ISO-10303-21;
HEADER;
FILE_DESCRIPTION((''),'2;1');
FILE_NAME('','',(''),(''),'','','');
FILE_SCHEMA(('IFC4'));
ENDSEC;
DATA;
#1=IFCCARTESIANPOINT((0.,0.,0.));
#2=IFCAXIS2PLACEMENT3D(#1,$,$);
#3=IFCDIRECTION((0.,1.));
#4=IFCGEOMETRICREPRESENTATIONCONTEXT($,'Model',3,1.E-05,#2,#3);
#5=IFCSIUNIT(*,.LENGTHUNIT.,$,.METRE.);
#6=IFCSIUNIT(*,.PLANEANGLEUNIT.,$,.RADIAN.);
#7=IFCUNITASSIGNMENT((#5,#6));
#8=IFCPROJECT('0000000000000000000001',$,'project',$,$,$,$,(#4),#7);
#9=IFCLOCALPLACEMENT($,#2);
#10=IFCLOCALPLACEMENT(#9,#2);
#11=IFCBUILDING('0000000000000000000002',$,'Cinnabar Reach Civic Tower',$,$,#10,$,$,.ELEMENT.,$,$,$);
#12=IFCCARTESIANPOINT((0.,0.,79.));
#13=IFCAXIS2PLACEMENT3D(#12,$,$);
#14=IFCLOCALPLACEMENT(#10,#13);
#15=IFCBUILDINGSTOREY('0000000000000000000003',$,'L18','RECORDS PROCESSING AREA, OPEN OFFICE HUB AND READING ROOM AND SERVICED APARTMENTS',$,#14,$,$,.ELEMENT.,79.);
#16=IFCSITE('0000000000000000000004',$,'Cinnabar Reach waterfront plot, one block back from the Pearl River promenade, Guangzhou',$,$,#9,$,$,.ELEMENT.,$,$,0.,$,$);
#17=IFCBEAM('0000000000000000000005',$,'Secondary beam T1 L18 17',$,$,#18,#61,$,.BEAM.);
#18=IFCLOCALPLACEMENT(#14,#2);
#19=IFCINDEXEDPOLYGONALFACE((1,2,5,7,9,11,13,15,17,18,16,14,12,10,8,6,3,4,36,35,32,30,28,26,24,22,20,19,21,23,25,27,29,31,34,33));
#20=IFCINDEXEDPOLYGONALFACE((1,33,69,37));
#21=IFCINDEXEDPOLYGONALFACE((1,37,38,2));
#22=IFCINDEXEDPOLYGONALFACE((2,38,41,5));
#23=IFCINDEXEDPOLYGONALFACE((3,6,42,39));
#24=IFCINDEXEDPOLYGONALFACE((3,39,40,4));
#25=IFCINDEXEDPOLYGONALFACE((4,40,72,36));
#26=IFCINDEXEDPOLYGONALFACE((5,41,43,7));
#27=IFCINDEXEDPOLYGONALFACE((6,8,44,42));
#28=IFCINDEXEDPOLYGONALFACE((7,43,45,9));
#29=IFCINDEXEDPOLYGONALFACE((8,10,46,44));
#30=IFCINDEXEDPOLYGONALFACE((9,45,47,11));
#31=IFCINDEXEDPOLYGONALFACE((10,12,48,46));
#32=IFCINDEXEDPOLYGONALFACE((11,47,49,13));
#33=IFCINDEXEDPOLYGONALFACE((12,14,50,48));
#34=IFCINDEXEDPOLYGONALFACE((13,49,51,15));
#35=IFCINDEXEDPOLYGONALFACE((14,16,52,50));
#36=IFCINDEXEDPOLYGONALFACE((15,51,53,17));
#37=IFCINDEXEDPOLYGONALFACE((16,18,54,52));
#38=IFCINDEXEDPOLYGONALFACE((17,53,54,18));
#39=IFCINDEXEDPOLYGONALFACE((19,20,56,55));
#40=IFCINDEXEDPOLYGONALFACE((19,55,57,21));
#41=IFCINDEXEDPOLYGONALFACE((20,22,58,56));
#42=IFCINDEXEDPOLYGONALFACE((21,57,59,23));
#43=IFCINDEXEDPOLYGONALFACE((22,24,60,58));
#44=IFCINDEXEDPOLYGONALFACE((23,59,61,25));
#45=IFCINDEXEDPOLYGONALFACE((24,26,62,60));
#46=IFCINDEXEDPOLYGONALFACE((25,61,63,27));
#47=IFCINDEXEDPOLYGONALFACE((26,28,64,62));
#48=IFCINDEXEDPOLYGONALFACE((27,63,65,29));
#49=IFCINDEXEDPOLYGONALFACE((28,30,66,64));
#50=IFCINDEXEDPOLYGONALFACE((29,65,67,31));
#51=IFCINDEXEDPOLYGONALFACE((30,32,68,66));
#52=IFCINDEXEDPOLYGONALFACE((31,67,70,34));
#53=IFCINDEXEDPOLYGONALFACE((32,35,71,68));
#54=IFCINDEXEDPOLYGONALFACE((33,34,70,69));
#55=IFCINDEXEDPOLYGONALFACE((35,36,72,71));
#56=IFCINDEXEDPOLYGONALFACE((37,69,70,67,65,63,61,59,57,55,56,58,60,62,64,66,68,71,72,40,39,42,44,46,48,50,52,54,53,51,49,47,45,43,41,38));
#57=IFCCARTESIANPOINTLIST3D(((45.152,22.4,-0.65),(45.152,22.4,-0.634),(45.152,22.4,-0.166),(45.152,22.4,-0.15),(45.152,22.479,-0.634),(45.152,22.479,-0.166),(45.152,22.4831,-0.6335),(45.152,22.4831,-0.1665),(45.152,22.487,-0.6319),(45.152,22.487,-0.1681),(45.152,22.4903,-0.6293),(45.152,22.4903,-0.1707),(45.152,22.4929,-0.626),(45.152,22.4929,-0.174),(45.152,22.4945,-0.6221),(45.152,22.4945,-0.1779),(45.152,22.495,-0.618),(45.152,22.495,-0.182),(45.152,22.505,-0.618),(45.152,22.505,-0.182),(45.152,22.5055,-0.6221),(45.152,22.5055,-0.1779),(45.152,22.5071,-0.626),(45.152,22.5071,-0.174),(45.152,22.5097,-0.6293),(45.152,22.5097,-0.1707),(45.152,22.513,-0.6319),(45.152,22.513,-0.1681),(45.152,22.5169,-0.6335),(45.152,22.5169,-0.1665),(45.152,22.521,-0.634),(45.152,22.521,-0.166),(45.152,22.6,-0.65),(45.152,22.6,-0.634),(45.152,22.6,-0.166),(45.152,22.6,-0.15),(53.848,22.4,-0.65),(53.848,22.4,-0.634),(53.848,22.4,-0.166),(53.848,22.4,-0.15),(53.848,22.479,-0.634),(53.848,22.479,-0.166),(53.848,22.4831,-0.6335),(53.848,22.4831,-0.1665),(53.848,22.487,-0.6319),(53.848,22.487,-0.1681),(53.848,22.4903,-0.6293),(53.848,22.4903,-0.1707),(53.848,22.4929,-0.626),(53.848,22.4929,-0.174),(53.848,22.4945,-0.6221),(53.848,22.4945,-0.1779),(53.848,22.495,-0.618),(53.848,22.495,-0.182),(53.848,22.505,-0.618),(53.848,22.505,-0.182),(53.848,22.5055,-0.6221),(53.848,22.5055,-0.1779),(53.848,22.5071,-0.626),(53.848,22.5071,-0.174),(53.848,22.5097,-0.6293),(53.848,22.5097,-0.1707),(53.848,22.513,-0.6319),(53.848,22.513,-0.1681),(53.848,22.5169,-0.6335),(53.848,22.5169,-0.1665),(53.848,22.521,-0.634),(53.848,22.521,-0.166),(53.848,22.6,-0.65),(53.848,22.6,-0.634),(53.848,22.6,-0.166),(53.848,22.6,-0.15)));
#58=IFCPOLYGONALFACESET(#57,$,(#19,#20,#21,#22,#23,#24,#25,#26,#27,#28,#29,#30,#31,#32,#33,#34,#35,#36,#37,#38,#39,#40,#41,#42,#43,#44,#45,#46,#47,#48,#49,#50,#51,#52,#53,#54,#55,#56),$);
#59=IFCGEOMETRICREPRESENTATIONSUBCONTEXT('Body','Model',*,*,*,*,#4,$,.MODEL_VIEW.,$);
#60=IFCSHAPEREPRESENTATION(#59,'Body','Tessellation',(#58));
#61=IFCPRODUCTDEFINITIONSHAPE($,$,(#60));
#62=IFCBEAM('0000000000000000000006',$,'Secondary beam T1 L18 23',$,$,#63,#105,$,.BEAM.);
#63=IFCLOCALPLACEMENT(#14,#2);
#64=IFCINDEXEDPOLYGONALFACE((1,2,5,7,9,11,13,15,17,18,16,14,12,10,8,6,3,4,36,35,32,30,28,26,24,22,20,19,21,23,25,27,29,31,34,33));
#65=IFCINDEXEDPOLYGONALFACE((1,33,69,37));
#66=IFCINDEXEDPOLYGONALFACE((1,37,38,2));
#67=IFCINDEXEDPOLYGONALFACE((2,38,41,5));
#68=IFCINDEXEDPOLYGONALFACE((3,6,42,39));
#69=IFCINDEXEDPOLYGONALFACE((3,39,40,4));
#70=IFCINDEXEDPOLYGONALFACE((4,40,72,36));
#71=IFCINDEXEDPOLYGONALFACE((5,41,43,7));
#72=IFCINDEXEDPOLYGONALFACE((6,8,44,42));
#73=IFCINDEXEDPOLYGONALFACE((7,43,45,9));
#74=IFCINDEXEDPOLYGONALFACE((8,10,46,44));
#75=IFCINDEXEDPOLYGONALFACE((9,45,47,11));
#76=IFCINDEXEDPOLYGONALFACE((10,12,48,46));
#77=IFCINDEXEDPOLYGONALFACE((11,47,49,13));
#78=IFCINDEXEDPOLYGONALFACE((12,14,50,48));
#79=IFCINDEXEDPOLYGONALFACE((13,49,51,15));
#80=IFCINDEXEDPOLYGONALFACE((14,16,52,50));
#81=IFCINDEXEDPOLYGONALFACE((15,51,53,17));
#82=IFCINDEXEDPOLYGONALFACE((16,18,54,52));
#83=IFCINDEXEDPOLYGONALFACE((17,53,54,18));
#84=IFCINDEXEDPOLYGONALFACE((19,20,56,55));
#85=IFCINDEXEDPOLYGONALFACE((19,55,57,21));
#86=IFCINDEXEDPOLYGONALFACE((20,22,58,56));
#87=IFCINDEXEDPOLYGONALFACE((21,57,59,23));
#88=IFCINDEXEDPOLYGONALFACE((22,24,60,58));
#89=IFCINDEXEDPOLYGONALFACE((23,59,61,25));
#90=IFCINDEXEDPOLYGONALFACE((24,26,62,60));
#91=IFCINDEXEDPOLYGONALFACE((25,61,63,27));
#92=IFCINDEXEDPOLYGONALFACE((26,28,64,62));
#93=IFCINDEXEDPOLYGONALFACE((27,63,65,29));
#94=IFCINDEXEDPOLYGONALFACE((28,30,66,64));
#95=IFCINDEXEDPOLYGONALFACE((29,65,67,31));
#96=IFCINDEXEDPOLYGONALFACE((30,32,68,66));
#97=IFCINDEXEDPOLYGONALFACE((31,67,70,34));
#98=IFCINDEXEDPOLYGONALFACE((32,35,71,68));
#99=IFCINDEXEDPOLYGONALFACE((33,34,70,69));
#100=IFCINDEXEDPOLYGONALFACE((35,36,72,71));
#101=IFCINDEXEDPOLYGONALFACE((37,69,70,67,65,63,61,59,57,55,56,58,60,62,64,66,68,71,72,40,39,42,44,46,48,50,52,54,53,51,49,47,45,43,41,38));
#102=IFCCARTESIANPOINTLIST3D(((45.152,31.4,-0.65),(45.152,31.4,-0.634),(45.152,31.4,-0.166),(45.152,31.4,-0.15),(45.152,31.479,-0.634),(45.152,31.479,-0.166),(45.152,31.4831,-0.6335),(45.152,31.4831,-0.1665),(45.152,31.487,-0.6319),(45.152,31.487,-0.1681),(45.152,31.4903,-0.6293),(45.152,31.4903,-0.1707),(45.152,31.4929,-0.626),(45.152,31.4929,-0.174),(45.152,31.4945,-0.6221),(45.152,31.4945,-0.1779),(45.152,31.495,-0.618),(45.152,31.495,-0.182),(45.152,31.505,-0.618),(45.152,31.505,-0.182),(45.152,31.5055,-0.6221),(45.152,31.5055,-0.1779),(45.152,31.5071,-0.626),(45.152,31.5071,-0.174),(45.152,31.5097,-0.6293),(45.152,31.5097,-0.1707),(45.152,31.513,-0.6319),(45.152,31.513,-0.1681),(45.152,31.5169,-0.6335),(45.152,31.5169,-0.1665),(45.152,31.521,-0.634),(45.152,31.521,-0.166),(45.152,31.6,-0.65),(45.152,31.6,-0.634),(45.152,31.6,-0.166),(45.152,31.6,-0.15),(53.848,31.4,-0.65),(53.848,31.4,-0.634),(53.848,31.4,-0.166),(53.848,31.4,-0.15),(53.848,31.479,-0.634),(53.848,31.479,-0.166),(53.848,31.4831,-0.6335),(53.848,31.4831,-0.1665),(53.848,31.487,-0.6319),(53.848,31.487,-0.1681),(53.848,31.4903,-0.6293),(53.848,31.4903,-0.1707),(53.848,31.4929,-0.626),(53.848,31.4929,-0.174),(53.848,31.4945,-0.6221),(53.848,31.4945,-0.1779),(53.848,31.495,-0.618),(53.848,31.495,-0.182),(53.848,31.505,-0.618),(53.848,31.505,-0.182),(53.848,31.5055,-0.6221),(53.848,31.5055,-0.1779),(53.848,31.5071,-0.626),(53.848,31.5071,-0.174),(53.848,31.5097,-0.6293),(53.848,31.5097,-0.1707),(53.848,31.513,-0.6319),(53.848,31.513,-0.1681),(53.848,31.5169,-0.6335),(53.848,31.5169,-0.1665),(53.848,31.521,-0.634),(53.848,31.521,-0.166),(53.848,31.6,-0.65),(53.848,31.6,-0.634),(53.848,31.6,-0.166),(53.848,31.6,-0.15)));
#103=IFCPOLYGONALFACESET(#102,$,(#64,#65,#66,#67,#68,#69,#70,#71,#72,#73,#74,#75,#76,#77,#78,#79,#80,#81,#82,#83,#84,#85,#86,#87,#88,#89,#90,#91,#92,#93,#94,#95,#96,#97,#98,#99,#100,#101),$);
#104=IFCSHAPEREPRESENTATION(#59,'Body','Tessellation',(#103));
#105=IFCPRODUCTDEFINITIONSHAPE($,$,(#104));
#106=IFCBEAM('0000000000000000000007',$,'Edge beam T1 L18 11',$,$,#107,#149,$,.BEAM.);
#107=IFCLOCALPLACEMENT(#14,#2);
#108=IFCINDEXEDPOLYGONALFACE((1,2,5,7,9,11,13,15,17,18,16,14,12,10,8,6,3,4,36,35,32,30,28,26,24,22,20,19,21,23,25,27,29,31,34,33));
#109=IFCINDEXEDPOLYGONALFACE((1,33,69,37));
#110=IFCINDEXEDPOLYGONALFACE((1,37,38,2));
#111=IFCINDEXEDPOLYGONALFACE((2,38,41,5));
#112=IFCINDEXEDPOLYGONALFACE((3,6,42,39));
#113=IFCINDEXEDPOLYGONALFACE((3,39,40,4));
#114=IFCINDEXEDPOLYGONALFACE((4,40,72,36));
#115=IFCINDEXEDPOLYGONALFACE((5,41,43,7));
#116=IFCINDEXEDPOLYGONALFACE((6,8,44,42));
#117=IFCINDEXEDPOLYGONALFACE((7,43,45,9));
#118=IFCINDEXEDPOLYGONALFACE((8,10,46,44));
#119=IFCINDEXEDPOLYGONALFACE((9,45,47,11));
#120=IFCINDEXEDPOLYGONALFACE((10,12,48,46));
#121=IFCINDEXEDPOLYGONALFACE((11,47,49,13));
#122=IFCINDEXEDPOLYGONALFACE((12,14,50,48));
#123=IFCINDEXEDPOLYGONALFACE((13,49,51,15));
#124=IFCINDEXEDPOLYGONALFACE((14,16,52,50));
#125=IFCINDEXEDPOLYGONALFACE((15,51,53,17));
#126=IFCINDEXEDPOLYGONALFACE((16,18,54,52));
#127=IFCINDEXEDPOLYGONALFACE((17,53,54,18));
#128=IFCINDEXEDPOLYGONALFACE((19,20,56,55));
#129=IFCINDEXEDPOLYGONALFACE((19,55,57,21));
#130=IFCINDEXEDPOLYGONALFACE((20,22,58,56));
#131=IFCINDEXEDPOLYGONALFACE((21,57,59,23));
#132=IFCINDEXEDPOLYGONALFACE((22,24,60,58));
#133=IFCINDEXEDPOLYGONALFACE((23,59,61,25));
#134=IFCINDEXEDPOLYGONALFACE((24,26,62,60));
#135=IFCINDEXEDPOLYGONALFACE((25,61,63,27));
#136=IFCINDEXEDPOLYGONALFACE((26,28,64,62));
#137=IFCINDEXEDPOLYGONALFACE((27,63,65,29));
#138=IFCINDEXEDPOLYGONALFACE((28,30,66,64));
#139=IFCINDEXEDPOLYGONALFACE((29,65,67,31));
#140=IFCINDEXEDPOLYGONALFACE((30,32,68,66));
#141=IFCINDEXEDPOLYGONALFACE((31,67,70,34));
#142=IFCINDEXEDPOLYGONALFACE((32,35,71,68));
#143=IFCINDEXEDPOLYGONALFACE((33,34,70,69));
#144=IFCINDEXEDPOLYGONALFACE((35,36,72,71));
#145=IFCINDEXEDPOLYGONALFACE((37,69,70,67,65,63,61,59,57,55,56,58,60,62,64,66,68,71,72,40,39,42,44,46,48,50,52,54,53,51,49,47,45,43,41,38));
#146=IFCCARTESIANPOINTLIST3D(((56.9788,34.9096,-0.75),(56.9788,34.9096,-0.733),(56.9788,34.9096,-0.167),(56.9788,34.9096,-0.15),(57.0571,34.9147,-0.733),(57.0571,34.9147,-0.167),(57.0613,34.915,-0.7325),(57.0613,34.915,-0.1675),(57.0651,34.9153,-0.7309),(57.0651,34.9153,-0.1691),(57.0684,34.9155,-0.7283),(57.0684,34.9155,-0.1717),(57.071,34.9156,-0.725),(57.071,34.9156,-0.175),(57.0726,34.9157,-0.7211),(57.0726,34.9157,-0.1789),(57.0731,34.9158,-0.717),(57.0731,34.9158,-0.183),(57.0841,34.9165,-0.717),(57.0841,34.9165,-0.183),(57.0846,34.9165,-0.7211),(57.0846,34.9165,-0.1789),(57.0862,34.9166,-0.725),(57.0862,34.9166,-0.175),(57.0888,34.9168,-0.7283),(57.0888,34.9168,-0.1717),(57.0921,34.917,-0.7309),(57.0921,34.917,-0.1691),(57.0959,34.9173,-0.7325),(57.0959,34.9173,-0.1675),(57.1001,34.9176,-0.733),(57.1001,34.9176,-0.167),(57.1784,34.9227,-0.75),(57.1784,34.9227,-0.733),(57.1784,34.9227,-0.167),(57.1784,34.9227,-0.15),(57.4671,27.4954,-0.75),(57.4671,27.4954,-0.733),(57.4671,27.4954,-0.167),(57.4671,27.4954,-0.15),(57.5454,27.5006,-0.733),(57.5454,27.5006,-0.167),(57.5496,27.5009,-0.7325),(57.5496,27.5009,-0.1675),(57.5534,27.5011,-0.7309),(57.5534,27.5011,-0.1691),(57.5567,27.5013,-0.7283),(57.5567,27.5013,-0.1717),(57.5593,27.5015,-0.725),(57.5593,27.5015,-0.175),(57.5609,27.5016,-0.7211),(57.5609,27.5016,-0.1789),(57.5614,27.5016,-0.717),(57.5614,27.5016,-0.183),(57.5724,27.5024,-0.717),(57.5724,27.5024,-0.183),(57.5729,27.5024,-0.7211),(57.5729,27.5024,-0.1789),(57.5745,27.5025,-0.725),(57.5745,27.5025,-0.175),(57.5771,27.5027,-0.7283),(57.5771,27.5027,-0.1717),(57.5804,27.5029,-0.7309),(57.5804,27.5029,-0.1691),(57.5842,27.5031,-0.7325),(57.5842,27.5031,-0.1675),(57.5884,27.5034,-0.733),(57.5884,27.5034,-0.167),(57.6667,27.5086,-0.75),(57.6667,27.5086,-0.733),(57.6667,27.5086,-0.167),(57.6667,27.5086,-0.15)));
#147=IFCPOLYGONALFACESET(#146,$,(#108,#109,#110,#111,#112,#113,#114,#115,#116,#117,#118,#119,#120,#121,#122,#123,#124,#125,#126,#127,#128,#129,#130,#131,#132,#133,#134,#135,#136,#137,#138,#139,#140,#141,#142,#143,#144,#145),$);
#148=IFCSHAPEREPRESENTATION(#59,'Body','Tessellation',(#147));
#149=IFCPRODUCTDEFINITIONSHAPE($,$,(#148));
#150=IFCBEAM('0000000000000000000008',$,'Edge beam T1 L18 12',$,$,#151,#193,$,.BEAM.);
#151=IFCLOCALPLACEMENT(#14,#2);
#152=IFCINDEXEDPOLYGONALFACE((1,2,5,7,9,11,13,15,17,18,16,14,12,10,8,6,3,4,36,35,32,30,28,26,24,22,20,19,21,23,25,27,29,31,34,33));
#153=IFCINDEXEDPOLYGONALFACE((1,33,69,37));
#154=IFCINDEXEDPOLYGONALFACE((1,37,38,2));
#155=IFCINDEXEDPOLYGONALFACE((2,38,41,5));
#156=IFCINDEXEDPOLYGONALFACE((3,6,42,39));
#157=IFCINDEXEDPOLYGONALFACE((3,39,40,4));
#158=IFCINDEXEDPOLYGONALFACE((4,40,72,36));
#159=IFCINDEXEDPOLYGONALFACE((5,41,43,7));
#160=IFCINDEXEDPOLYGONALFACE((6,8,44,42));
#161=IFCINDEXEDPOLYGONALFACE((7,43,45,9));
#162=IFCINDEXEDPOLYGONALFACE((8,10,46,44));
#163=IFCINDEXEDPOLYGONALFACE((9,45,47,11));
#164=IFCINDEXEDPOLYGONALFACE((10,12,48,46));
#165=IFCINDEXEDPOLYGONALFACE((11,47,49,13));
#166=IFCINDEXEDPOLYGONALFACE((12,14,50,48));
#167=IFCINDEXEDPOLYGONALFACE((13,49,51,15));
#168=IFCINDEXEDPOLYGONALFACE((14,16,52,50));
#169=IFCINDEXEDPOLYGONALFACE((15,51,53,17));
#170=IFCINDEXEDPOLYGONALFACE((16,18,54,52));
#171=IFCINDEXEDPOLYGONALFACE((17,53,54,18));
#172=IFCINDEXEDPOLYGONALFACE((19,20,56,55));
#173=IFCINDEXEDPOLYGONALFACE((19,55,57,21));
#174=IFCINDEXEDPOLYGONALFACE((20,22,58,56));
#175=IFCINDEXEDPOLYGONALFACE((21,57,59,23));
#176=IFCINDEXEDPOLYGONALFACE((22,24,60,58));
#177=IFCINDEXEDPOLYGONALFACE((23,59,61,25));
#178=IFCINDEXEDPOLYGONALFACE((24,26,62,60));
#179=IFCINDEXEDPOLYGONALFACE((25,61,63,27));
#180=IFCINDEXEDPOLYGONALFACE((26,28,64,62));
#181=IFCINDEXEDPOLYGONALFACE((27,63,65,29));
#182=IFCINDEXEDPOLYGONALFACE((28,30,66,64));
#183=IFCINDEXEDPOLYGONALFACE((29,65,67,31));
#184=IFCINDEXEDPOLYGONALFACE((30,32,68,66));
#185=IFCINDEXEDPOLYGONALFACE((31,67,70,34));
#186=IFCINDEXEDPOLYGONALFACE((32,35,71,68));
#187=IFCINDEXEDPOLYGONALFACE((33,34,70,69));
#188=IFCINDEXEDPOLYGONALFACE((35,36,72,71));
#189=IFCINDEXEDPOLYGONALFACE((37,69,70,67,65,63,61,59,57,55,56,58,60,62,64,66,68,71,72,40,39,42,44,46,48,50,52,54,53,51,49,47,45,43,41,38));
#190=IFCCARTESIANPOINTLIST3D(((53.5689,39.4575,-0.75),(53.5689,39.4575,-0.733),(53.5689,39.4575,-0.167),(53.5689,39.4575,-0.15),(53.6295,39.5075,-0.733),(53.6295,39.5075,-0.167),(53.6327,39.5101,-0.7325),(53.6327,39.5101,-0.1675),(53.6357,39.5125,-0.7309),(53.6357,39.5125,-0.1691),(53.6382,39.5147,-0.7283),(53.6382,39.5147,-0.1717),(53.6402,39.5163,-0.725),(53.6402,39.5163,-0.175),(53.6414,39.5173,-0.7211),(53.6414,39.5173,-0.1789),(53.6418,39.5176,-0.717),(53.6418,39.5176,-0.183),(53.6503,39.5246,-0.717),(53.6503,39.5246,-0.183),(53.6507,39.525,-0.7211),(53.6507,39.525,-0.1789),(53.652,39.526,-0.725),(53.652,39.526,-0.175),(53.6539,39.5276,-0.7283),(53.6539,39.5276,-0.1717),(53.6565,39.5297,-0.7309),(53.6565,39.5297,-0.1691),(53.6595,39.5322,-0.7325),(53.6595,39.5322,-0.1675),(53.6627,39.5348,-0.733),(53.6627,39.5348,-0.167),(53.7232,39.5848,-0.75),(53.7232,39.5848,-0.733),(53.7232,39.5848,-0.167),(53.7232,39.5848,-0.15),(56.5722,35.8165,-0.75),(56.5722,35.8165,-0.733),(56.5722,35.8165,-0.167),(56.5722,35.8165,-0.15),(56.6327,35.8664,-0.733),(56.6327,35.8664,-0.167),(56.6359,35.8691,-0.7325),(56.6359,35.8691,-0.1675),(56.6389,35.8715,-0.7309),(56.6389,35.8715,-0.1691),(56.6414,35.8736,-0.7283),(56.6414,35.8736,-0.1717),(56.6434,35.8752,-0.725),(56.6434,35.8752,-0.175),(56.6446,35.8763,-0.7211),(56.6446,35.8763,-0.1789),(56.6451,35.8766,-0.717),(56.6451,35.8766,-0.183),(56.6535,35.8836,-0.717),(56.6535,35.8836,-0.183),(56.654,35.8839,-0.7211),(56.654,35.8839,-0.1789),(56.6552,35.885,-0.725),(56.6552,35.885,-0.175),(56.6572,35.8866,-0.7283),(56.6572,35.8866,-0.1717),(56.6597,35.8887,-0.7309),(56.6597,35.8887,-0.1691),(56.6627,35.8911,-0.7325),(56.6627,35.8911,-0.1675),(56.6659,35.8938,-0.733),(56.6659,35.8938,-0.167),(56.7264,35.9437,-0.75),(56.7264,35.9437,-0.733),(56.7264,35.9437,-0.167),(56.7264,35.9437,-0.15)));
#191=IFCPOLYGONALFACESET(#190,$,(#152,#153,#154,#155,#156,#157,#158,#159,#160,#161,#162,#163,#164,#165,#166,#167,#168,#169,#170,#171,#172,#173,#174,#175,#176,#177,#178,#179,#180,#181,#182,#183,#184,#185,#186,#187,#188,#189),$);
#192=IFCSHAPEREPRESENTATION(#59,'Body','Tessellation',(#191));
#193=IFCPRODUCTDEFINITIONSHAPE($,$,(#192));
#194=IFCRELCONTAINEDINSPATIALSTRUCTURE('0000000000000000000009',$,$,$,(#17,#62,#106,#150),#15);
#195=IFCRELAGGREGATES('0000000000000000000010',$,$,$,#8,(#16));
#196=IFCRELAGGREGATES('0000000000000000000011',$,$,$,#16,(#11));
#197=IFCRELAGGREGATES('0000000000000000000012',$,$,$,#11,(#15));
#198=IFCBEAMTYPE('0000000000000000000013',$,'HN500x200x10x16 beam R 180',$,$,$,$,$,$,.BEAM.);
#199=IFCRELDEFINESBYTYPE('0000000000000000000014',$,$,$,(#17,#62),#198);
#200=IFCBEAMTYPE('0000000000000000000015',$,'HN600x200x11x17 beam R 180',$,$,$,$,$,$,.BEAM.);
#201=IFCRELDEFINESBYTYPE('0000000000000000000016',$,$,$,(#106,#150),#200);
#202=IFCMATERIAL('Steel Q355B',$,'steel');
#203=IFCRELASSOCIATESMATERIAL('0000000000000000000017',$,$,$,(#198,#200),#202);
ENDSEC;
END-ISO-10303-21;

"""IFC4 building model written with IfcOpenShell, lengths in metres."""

from ifc_helpers import new_model, si_unit, direction, frame, origin, origin_2d, place, context, subcontext, project, spatial, i_section, extrude, material, material_profile, profile_set, type_object, element, save


model = new_model("IFC4")

# Units and contexts
model_context = context("Model", 3, precision=1e-05, world=origin(), true_north=direction((0.0, 1.0)))
body_context = subcontext(model_context, "Body", "Model", "MODEL_VIEW")
ifc_project = project(units=[si_unit("LENGTHUNIT", "METRE"), si_unit("PLANEANGLEUNIT", "RADIAN")], contexts=[model_context])

# Site, building, storey
site_placement = place(None, origin())
site = spatial("IfcSite", under=ifc_project, at=site_placement, Name="Cinnabar Reach waterfront plot, one block back from the Pearl River promenade, Guangzhou", CompositionType="ELEMENT", RefElevation=0.0)
building_placement = place(site_placement, origin())
building = spatial("IfcBuilding", under=site, at=building_placement, Name="Cinnabar Reach Civic Tower", CompositionType="ELEMENT")
storey_placement = place(building_placement, frame((0.0, 0.0, 79.0)))
storey = spatial("IfcBuildingStorey", under=building, at=storey_placement, Name="L18", Description="RECORDS PROCESSING AREA, OPEN OFFICE HUB AND READING ROOM AND SERVICED APARTMENTS", CompositionType="ELEMENT", Elevation=79.0)

# Beams
ifc_material_1 = material(Name="Steel Q355B", Category="steel")
ifc_material_profile_1 = material_profile(ifc_material_1, i_section(OverallWidth=0.2, OverallDepth=0.5, WebThickness=0.01, FlangeThickness=0.016, FilletRadius=0.016, at=origin_2d()), Name="HN500x200x10x16")
ifc_profile_set_1 = profile_set([ifc_material_profile_1], Name="Steel Q355B")
beam_type_1 = type_object("IfcBeamType", Name="HN500x200x10x16 beam R 180", PredefinedType="BEAM", material=ifc_profile_set_1)
for number, where, z_axis, x_axis, name in (
    (1, (45.152, 22.5, -0.4), (1.0, 0.0, 0.0), (0.0, 1.0, 0.0), "Secondary beam T1 L18 17"),
    (2, (45.152, 31.5, -0.4), (1.0, 0.0, 0.0), (0.0, 1.0, 0.0), "Secondary beam T1 L18 23"),
):
    element("IfcBeam", number, at=place(storey_placement, frame(where, z_axis=z_axis, x_axis=x_axis)), inside=storey, type_object=beam_type_1, Name=name, PredefinedType="BEAM", context=body_context, shape_type="SweptSolid", body=[
        extrude(i_section(OverallWidth=0.2, OverallDepth=0.5, WebThickness=0.01, FlangeThickness=0.016, FilletRadius=0.016, at=origin_2d()), origin(), (0.0, 0.0, 1.0), 8.696),
    ])
ifc_material_profile_2 = material_profile(ifc_material_1, i_section(OverallWidth=0.2, OverallDepth=0.6, WebThickness=0.011, FlangeThickness=0.017, FilletRadius=0.016, at=origin_2d()), Name="HN600x200x11x17")
ifc_profile_set_2 = profile_set([ifc_material_profile_2], Name="Steel Q355B")
beam_type_2 = type_object("IfcBeamType", Name="HN600x200x11x17 beam R 180", PredefinedType="BEAM", material=ifc_profile_set_2)
beam_1_placement = place(storey_placement, frame((57.5669, 27.502, -0.45), z_axis=(-0.065719, 0.997838, 0.0), x_axis=(-0.997838, -0.065719, 0.0)))
element("IfcBeam", 3, at=beam_1_placement, inside=storey, type_object=beam_type_2, Name="Edge beam T1 L18 11", PredefinedType="BEAM", context=body_context, shape_type="SweptSolid", body=[
    extrude(i_section(OverallWidth=0.2, OverallDepth=0.6, WebThickness=0.011, FlangeThickness=0.017, FilletRadius=0.016, at=origin_2d()), origin(), (0.0, 0.0, 1.0), 7.4302),
])
beam_2_placement = place(storey_placement, frame((56.6493, 35.8801, -0.45), z_axis=(-0.636304, 0.771438, 0.0), x_axis=(-0.771438, -0.636304, 0.0)))
element("IfcBeam", 4, at=beam_2_placement, inside=storey, type_object=beam_type_2, Name="Edge beam T1 L18 12", PredefinedType="BEAM", context=body_context, shape_type="SweptSolid", body=[
    extrude(i_section(OverallWidth=0.2, OverallDepth=0.6, WebThickness=0.011, FlangeThickness=0.017, FilletRadius=0.016, at=origin_2d()), origin(), (0.0, 0.0, 1.0), 4.7198),
])

save(model, "model.ifc")
